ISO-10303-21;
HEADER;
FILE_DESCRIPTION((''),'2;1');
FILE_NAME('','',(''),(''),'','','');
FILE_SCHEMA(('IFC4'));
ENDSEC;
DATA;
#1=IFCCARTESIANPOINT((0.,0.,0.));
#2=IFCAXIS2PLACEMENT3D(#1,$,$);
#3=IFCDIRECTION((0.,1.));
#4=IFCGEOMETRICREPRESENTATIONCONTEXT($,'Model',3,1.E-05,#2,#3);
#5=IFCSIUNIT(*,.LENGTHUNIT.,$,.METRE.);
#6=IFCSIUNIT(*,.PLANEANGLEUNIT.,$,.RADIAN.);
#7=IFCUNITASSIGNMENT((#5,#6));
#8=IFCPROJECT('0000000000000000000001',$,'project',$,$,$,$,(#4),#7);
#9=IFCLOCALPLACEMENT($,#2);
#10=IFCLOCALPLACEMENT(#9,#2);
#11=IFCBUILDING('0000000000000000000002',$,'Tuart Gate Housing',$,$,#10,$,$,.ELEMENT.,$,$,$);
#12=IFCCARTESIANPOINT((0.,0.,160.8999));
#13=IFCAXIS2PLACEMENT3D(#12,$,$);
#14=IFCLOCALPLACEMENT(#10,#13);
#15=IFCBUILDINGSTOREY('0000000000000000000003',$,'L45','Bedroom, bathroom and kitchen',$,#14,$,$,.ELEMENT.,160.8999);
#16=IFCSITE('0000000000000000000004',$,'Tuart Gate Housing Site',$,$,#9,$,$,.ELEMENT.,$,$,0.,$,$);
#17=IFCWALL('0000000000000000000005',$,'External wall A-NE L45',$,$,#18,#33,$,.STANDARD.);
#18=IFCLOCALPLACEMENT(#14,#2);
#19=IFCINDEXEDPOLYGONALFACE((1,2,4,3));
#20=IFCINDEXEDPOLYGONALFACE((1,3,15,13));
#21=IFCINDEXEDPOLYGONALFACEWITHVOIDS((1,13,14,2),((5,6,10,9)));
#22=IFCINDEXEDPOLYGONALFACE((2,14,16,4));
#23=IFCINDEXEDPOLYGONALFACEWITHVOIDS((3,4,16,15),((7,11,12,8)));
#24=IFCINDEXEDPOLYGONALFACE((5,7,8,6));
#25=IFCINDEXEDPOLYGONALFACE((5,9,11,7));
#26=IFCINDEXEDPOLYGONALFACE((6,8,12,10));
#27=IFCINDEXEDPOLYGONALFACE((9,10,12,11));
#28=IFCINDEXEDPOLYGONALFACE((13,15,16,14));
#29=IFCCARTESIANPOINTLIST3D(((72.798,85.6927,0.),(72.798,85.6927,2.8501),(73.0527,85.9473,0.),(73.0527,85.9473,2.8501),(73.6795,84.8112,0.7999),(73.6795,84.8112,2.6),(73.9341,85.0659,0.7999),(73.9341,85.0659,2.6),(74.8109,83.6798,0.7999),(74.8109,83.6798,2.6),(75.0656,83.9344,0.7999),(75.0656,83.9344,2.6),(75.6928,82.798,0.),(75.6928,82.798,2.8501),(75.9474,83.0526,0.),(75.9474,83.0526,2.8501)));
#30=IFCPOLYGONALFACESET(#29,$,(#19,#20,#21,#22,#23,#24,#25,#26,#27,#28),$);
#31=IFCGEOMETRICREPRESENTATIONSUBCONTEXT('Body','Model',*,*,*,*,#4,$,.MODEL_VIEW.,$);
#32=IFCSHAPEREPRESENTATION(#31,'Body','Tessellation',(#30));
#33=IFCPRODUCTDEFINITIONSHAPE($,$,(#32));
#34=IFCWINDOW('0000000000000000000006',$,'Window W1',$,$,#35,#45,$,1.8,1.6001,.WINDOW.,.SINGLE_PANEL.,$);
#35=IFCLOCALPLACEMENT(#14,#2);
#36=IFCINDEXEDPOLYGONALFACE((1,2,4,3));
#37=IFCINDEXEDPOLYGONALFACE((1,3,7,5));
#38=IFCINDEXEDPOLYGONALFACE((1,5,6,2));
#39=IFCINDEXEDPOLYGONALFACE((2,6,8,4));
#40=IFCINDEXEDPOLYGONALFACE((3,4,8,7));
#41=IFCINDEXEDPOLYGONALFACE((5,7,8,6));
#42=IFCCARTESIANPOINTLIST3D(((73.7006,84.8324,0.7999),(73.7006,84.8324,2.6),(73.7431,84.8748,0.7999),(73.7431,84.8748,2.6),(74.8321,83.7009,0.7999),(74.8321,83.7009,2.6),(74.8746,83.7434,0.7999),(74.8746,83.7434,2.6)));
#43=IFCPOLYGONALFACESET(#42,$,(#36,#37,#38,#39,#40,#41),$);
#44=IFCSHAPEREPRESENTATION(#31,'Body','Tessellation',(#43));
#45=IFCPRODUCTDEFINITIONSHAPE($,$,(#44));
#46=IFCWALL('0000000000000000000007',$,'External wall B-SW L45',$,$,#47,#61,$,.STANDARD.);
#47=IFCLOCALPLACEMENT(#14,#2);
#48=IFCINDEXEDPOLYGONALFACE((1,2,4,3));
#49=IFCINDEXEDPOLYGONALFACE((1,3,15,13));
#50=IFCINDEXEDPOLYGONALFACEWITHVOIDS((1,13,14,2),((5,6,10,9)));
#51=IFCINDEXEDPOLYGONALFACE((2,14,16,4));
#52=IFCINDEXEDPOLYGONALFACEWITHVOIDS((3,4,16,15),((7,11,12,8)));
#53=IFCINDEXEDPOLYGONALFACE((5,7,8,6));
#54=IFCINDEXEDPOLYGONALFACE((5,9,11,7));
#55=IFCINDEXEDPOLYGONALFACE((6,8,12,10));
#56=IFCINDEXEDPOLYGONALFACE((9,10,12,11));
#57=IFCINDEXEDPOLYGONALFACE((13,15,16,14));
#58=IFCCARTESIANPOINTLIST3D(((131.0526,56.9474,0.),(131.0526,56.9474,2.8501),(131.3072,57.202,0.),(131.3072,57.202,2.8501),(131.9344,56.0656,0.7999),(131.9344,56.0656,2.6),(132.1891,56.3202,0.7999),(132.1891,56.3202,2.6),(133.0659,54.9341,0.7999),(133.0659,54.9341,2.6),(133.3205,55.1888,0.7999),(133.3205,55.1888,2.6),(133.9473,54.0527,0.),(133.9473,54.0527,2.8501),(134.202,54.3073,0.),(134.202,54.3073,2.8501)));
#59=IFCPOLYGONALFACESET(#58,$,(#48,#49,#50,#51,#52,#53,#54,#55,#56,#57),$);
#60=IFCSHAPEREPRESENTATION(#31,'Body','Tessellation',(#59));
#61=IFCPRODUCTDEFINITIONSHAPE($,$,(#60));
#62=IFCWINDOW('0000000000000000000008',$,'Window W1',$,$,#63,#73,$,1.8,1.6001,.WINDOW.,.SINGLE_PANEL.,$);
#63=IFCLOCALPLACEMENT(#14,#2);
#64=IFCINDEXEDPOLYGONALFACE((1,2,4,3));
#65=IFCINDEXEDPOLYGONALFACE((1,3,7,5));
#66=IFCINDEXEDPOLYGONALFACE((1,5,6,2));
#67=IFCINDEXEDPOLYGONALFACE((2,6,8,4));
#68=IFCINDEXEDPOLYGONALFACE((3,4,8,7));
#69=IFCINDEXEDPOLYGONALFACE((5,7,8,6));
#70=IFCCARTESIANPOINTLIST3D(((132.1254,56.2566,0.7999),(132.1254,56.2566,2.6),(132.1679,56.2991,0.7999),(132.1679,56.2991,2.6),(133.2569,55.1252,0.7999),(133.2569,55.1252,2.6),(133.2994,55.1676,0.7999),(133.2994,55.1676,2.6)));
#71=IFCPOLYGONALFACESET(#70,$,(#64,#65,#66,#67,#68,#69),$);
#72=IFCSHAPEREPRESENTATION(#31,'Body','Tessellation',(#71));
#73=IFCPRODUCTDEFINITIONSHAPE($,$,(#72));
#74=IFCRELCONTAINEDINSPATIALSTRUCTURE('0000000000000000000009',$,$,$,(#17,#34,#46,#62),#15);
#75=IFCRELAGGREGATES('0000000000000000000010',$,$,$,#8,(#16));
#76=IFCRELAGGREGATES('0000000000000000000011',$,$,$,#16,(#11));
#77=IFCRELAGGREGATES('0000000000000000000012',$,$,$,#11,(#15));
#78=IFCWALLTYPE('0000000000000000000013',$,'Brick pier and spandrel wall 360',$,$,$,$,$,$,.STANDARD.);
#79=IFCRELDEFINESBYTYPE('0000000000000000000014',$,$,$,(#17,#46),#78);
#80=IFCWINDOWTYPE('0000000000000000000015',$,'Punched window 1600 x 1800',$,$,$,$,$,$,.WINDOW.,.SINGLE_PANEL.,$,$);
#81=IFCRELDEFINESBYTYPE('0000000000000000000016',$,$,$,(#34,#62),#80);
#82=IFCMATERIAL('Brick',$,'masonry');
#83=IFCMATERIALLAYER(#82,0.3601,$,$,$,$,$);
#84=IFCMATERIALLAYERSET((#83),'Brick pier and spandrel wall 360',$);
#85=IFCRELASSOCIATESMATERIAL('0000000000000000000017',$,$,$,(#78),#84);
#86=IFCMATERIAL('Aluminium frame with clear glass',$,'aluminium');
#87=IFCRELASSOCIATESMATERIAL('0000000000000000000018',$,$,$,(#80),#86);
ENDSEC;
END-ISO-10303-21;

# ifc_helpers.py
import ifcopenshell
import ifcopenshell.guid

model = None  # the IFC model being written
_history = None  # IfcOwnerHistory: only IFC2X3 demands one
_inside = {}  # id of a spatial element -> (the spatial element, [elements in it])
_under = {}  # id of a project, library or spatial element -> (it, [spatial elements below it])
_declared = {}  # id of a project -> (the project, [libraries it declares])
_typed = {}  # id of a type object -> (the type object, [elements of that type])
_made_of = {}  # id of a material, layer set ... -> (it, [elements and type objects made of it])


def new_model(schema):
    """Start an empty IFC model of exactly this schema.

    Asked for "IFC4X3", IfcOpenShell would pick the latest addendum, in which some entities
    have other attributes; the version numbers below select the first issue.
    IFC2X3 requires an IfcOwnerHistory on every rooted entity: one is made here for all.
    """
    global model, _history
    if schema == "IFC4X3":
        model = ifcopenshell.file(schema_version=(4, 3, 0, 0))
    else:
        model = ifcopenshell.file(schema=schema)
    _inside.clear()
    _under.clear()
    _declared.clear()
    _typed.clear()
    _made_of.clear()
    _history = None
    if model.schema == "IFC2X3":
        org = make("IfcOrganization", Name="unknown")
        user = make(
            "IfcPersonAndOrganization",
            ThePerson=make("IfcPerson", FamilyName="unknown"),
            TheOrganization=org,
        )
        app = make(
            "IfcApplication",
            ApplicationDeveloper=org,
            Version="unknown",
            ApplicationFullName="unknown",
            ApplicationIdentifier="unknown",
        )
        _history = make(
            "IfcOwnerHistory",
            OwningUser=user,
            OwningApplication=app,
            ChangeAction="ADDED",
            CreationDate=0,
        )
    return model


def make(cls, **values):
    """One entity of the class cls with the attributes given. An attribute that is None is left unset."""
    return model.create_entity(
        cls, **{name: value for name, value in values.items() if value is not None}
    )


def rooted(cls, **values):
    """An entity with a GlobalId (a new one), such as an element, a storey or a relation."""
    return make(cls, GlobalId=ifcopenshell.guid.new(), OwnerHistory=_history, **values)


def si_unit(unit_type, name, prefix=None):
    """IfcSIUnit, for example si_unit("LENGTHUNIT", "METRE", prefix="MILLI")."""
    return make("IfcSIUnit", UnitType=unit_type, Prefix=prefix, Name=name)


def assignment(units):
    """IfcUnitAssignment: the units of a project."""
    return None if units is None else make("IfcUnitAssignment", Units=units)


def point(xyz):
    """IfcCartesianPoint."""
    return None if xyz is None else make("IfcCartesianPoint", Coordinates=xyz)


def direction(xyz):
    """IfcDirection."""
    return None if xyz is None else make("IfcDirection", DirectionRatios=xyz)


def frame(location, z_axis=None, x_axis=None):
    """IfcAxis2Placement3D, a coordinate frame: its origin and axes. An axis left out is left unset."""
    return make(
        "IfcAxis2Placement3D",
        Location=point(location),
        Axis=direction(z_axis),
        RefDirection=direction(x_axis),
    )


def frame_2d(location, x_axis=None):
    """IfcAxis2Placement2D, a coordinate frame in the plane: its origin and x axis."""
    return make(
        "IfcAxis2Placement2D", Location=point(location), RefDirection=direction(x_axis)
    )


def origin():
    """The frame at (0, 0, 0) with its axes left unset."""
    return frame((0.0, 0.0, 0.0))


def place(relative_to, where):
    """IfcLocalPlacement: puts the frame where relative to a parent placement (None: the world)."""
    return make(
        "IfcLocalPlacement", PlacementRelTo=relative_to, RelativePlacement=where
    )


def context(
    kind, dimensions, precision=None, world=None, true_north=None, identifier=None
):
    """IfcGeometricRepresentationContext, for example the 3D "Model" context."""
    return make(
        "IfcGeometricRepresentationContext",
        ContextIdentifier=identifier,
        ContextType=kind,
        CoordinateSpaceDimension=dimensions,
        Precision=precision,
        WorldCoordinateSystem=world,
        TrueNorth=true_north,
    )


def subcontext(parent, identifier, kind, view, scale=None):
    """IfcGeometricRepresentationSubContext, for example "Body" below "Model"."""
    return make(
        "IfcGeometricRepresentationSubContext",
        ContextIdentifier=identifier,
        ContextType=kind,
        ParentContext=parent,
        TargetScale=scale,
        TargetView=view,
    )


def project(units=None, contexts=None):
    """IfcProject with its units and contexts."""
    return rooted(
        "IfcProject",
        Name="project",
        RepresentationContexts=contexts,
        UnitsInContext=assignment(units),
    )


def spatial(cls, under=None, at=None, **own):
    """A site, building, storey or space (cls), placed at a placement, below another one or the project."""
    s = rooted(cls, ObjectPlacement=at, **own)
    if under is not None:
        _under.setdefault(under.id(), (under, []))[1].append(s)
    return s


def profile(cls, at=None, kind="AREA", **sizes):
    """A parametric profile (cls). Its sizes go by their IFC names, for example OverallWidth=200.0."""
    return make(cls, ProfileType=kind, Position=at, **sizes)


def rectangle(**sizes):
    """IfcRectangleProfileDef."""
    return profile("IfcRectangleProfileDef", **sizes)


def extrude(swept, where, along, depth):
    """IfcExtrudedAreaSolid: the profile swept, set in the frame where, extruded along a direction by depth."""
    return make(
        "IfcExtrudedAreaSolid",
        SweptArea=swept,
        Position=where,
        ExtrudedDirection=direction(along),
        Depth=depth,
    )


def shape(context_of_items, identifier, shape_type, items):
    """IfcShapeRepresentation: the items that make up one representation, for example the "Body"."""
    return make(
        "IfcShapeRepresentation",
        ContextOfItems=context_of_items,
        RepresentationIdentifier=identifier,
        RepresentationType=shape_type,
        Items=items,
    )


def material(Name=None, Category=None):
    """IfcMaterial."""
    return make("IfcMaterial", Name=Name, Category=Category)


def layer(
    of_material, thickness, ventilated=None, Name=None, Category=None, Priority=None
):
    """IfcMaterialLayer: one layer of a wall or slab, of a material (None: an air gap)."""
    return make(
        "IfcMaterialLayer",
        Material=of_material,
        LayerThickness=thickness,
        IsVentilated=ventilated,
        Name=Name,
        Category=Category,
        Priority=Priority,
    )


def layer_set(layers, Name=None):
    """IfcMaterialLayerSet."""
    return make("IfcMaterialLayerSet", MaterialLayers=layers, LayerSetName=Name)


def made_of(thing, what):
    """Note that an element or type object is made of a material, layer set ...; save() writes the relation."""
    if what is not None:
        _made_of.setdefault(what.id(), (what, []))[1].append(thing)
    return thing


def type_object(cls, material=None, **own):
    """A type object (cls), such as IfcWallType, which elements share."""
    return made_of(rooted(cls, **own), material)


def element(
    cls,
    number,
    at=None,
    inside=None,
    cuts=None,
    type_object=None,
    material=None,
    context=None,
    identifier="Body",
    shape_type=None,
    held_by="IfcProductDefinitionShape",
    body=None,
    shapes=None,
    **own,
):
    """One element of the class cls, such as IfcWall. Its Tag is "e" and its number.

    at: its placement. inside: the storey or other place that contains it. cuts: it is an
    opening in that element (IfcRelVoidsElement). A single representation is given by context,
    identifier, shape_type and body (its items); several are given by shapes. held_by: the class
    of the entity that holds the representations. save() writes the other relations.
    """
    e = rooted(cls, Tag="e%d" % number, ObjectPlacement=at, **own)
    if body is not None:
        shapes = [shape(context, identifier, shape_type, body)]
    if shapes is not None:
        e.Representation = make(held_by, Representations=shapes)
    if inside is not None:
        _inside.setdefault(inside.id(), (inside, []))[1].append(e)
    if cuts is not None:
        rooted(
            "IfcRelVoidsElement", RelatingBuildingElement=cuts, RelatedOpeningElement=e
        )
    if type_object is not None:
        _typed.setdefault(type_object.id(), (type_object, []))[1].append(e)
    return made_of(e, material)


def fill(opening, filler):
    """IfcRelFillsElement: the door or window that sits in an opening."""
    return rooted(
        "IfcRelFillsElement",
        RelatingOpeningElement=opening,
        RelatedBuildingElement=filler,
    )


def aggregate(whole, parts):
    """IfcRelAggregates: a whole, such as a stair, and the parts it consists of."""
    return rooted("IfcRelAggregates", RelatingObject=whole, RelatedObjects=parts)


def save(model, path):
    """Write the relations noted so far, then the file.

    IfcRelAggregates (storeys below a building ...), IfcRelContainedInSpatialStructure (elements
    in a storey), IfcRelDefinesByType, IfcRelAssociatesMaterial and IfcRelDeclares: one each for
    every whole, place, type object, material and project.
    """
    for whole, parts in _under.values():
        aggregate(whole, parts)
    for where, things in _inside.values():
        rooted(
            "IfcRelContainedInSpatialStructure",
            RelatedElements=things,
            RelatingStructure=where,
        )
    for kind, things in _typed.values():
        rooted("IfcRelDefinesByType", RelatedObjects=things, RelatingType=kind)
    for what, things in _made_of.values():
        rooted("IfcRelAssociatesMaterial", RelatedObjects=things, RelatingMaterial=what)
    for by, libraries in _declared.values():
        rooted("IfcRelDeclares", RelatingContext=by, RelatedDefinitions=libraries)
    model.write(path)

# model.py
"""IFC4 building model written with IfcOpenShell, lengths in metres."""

from ifc_helpers import new_model, si_unit, direction, frame, frame_2d, origin, place, context, subcontext, project, spatial, rectangle, extrude, material, layer, layer_set, type_object, element, fill, save


model = new_model("IFC4")

# Units and contexts
model_context = context("Model", 3, precision=1e-05, world=origin(), true_north=direction((0.0, 1.0)))
body_context = subcontext(model_context, "Body", "Model", "MODEL_VIEW")
ifc_project = project(units=[si_unit("LENGTHUNIT", "METRE"), si_unit("PLANEANGLEUNIT", "RADIAN")], contexts=[model_context])

# Site, building, storey
site_placement = place(None, origin())
site = spatial("IfcSite", under=ifc_project, at=site_placement, Name="Tuart Gate Housing Site", CompositionType="ELEMENT", RefElevation=0.0)
building_placement = place(site_placement, origin())
building = spatial("IfcBuilding", under=site, at=building_placement, Name="Tuart Gate Housing", CompositionType="ELEMENT")
storey_placement = place(building_placement, frame((0.0, 0.0, 160.8999)))
storey = spatial("IfcBuildingStorey", under=building, at=storey_placement, Name="L45", Description="Bedroom, bathroom and kitchen", CompositionType="ELEMENT", Elevation=160.8999)

# Shared definitions
ifc_material_1 = material(Name="Brick", Category="masonry")
ifc_layer_1 = layer(ifc_material_1, 0.3601)
ifc_layer_set_1 = layer_set([ifc_layer_1], Name="Brick pier and spandrel wall 360")
wall_type_1 = type_object("IfcWallType", Name="Brick pier and spandrel wall 360", PredefinedType="STANDARD", material=ifc_layer_set_1)

# Walls, openings, windows
wall_1_placement = place(storey_placement, frame((75.8201, 82.9253, 0.0), z_axis=(0.0, 0.0, 1.0), x_axis=(-0.707107, 0.707107, 0.0)))
wall_1 = element("IfcWall", 1, at=wall_1_placement, inside=storey, type_object=wall_type_1, Name="External wall A-NE L45", PredefinedType="STANDARD", context=body_context, shape_type="SweptSolid", body=[
    extrude(rectangle(XDim=4.0938, YDim=0.3601, at=frame_2d((2.0469, 0.0))), origin(), (0.0, 0.0, 1.0), 2.8501),
])
opening_1_placement = place(wall_1_placement, frame((1.2471, 0.0, 0.8)))
opening_1 = element("IfcOpeningElement", 2, at=opening_1_placement, cuts=wall_1, PredefinedType="OPENING", context=body_context, shape_type="SweptSolid", body=[
    extrude(rectangle(XDim=1.6001, YDim=1.8, at=frame_2d((0.8, 0.8999))), frame((0.0, 0.1899, 0.0), z_axis=(0.0, -1.0, 0.0), x_axis=(1.0, 0.0, 0.0)), (0.0, 0.0, 1.0), 0.3801),
])
ifc_material_2 = material(Name="Aluminium frame with clear glass", Category="aluminium")
window_type_1 = type_object("IfcWindowType", Name="Punched window 1600 x 1800", PartitioningType="SINGLE_PANEL", PredefinedType="WINDOW", material=ifc_material_2)
window_1_placement = place(opening_1_placement, origin())
window_1 = element("IfcWindow", 3, at=window_1_placement, inside=storey, type_object=window_type_1, Name="Window W1", OverallHeight=1.8, OverallWidth=1.6001, PartitioningType="SINGLE_PANEL", PredefinedType="WINDOW", context=body_context, shape_type="SweptSolid", body=[
    extrude(rectangle(XDim=1.6001, YDim=1.8, at=frame_2d((0.8, 0.8999))), frame((0.0, 0.1501, 0.0), z_axis=(0.0, -1.0, 0.0), x_axis=(1.0, 0.0, 0.0)), (0.0, 0.0, 1.0), 0.0601),
])
fill(opening_1, window_1)
wall_2_placement = place(storey_placement, frame((131.1799, 57.0747, 0.0), z_axis=(0.0, 0.0, 1.0), x_axis=(0.707107, -0.707107, 0.0)))
wall_2 = element("IfcWall", 4, at=wall_2_placement, inside=storey, type_object=wall_type_1, Name="External wall B-SW L45", PredefinedType="STANDARD", context=body_context, shape_type="SweptSolid", body=[
    extrude(rectangle(XDim=4.0938, YDim=0.3601, at=frame_2d((2.0469, 0.0))), origin(), (0.0, 0.0, 1.0), 2.8501),
])
opening_2_placement = place(wall_2_placement, frame((1.2471, 0.0, 0.8)))
opening_2 = element("IfcOpeningElement", 5, at=opening_2_placement, cuts=wall_2, PredefinedType="OPENING", context=body_context, shape_type="SweptSolid", body=[
    extrude(rectangle(XDim=1.6001, YDim=1.8, at=frame_2d((0.8, 0.8999))), frame((0.0, 0.1899, 0.0), z_axis=(0.0, -1.0, 0.0), x_axis=(1.0, 0.0, 0.0)), (0.0, 0.0, 1.0), 0.3801),
])
window_2_placement = place(opening_2_placement, origin())
window_2 = element("IfcWindow", 6, at=window_2_placement, inside=storey, type_object=window_type_1, Name="Window W1", OverallHeight=1.8, OverallWidth=1.6001, PartitioningType="SINGLE_PANEL", PredefinedType="WINDOW", context=body_context, shape_type="SweptSolid", body=[
    extrude(rectangle(XDim=1.6001, YDim=1.8, at=frame_2d((0.8, 0.8999))), frame((0.0, 0.1501, 0.0), z_axis=(0.0, -1.0, 0.0), x_axis=(1.0, 0.0, 0.0)), (0.0, 0.0, 1.0), 0.0601),
])
fill(opening_2, window_2)

save(model, "model.ifc")
